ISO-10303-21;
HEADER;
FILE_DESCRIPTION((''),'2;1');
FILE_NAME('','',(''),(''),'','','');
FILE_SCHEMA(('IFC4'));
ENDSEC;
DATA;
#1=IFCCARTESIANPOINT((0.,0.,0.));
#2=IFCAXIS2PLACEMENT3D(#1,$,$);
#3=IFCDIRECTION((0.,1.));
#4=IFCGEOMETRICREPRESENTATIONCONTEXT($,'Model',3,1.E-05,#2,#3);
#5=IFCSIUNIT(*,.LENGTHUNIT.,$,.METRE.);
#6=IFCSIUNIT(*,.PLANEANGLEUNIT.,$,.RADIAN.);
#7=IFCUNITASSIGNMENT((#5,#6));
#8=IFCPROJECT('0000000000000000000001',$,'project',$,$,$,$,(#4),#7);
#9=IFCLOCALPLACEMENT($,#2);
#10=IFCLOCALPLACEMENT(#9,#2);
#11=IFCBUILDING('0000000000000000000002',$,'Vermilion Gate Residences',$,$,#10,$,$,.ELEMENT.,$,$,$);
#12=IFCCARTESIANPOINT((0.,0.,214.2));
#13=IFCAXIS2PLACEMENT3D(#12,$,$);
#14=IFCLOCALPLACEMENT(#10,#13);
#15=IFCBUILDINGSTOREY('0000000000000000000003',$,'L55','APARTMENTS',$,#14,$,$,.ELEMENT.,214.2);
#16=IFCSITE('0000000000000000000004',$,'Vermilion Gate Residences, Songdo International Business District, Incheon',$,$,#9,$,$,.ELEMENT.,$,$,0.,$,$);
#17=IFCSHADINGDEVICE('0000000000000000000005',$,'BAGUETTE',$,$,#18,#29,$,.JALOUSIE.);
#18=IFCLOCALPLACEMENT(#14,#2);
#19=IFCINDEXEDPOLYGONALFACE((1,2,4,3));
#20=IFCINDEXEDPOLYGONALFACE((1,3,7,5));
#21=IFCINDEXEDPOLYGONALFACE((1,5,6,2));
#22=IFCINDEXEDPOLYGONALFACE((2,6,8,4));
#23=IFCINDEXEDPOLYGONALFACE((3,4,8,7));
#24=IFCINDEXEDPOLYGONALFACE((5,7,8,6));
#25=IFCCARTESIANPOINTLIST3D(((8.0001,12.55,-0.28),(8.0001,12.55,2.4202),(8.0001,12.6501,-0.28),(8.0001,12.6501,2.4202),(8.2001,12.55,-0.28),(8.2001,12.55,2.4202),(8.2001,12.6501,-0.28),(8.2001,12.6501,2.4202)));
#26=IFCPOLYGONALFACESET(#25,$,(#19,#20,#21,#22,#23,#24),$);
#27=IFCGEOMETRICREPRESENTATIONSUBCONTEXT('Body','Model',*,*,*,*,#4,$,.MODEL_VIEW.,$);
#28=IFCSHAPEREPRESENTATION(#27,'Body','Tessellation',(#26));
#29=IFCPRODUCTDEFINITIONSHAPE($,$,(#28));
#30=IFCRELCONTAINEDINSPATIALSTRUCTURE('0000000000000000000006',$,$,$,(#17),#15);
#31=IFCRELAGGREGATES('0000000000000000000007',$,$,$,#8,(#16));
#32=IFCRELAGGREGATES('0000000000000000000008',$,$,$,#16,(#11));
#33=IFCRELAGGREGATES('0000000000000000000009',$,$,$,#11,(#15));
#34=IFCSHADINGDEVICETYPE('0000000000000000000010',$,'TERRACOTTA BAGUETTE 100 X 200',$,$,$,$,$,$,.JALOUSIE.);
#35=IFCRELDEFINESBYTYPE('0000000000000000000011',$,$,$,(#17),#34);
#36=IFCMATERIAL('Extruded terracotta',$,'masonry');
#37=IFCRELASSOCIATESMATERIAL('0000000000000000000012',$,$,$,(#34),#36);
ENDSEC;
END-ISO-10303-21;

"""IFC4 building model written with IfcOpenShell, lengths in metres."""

from ifc_helpers import new_model, si_unit, direction, frame, origin, origin_2d, place, context, subcontext, project, spatial, rectangle, extrude, material, material_profile, profile_set, type_object, element, save


model = new_model("IFC4")

# Units and contexts
model_context = context("Model", 3, precision=1e-05, world=origin(), true_north=direction((0.0, 1.0)))
body_context = subcontext(model_context, "Body", "Model", "MODEL_VIEW")
ifc_project = project(units=[si_unit("LENGTHUNIT", "METRE"), si_unit("PLANEANGLEUNIT", "RADIAN")], contexts=[model_context])

# Site, building, storey
site_placement = place(None, origin())
site = spatial("IfcSite", under=ifc_project, at=site_placement, Name="Vermilion Gate Residences, Songdo International Business District, Incheon", CompositionType="ELEMENT", RefElevation=0.0)
building_placement = place(site_placement, origin())
building = spatial("IfcBuilding", under=site, at=building_placement, Name="Vermilion Gate Residences", CompositionType="ELEMENT")
storey_placement = place(building_placement, frame((0.0, 0.0, 214.2)))
storey = spatial("IfcBuildingStorey", under=building, at=storey_placement, Name="L55", Description="APARTMENTS", CompositionType="ELEMENT", Elevation=214.2)

# Shading device
ifc_material_1 = material(Name="Extruded terracotta", Category="masonry")
ifc_material_profile_1 = material_profile(ifc_material_1, rectangle(XDim=0.2, YDim=0.1001, at=origin_2d()), Name="BAGUETTE 100 X 200")
ifc_profile_set_1 = profile_set([ifc_material_profile_1], Name="Extruded terracotta")
shading_device_type_1 = type_object("IfcShadingDeviceType", Name="TERRACOTTA BAGUETTE 100 X 200", PredefinedType="JALOUSIE", material=ifc_profile_set_1)
shading_device_1_placement = place(storey_placement, frame((8.1001, 12.6001, -0.28), z_axis=(0.0, 0.0, 1.0), x_axis=(1.0, 0.0, 0.0)))
element("IfcShadingDevice", 1, at=shading_device_1_placement, inside=storey, type_object=shading_device_type_1, Name="BAGUETTE", PredefinedType="JALOUSIE", context=body_context, shape_type="SweptSolid", body=[
    extrude(rectangle(XDim=0.2, YDim=0.1001, at=origin_2d()), origin(), (0.0, 0.0, 1.0), 2.7002),
])

save(model, "model.ifc")
